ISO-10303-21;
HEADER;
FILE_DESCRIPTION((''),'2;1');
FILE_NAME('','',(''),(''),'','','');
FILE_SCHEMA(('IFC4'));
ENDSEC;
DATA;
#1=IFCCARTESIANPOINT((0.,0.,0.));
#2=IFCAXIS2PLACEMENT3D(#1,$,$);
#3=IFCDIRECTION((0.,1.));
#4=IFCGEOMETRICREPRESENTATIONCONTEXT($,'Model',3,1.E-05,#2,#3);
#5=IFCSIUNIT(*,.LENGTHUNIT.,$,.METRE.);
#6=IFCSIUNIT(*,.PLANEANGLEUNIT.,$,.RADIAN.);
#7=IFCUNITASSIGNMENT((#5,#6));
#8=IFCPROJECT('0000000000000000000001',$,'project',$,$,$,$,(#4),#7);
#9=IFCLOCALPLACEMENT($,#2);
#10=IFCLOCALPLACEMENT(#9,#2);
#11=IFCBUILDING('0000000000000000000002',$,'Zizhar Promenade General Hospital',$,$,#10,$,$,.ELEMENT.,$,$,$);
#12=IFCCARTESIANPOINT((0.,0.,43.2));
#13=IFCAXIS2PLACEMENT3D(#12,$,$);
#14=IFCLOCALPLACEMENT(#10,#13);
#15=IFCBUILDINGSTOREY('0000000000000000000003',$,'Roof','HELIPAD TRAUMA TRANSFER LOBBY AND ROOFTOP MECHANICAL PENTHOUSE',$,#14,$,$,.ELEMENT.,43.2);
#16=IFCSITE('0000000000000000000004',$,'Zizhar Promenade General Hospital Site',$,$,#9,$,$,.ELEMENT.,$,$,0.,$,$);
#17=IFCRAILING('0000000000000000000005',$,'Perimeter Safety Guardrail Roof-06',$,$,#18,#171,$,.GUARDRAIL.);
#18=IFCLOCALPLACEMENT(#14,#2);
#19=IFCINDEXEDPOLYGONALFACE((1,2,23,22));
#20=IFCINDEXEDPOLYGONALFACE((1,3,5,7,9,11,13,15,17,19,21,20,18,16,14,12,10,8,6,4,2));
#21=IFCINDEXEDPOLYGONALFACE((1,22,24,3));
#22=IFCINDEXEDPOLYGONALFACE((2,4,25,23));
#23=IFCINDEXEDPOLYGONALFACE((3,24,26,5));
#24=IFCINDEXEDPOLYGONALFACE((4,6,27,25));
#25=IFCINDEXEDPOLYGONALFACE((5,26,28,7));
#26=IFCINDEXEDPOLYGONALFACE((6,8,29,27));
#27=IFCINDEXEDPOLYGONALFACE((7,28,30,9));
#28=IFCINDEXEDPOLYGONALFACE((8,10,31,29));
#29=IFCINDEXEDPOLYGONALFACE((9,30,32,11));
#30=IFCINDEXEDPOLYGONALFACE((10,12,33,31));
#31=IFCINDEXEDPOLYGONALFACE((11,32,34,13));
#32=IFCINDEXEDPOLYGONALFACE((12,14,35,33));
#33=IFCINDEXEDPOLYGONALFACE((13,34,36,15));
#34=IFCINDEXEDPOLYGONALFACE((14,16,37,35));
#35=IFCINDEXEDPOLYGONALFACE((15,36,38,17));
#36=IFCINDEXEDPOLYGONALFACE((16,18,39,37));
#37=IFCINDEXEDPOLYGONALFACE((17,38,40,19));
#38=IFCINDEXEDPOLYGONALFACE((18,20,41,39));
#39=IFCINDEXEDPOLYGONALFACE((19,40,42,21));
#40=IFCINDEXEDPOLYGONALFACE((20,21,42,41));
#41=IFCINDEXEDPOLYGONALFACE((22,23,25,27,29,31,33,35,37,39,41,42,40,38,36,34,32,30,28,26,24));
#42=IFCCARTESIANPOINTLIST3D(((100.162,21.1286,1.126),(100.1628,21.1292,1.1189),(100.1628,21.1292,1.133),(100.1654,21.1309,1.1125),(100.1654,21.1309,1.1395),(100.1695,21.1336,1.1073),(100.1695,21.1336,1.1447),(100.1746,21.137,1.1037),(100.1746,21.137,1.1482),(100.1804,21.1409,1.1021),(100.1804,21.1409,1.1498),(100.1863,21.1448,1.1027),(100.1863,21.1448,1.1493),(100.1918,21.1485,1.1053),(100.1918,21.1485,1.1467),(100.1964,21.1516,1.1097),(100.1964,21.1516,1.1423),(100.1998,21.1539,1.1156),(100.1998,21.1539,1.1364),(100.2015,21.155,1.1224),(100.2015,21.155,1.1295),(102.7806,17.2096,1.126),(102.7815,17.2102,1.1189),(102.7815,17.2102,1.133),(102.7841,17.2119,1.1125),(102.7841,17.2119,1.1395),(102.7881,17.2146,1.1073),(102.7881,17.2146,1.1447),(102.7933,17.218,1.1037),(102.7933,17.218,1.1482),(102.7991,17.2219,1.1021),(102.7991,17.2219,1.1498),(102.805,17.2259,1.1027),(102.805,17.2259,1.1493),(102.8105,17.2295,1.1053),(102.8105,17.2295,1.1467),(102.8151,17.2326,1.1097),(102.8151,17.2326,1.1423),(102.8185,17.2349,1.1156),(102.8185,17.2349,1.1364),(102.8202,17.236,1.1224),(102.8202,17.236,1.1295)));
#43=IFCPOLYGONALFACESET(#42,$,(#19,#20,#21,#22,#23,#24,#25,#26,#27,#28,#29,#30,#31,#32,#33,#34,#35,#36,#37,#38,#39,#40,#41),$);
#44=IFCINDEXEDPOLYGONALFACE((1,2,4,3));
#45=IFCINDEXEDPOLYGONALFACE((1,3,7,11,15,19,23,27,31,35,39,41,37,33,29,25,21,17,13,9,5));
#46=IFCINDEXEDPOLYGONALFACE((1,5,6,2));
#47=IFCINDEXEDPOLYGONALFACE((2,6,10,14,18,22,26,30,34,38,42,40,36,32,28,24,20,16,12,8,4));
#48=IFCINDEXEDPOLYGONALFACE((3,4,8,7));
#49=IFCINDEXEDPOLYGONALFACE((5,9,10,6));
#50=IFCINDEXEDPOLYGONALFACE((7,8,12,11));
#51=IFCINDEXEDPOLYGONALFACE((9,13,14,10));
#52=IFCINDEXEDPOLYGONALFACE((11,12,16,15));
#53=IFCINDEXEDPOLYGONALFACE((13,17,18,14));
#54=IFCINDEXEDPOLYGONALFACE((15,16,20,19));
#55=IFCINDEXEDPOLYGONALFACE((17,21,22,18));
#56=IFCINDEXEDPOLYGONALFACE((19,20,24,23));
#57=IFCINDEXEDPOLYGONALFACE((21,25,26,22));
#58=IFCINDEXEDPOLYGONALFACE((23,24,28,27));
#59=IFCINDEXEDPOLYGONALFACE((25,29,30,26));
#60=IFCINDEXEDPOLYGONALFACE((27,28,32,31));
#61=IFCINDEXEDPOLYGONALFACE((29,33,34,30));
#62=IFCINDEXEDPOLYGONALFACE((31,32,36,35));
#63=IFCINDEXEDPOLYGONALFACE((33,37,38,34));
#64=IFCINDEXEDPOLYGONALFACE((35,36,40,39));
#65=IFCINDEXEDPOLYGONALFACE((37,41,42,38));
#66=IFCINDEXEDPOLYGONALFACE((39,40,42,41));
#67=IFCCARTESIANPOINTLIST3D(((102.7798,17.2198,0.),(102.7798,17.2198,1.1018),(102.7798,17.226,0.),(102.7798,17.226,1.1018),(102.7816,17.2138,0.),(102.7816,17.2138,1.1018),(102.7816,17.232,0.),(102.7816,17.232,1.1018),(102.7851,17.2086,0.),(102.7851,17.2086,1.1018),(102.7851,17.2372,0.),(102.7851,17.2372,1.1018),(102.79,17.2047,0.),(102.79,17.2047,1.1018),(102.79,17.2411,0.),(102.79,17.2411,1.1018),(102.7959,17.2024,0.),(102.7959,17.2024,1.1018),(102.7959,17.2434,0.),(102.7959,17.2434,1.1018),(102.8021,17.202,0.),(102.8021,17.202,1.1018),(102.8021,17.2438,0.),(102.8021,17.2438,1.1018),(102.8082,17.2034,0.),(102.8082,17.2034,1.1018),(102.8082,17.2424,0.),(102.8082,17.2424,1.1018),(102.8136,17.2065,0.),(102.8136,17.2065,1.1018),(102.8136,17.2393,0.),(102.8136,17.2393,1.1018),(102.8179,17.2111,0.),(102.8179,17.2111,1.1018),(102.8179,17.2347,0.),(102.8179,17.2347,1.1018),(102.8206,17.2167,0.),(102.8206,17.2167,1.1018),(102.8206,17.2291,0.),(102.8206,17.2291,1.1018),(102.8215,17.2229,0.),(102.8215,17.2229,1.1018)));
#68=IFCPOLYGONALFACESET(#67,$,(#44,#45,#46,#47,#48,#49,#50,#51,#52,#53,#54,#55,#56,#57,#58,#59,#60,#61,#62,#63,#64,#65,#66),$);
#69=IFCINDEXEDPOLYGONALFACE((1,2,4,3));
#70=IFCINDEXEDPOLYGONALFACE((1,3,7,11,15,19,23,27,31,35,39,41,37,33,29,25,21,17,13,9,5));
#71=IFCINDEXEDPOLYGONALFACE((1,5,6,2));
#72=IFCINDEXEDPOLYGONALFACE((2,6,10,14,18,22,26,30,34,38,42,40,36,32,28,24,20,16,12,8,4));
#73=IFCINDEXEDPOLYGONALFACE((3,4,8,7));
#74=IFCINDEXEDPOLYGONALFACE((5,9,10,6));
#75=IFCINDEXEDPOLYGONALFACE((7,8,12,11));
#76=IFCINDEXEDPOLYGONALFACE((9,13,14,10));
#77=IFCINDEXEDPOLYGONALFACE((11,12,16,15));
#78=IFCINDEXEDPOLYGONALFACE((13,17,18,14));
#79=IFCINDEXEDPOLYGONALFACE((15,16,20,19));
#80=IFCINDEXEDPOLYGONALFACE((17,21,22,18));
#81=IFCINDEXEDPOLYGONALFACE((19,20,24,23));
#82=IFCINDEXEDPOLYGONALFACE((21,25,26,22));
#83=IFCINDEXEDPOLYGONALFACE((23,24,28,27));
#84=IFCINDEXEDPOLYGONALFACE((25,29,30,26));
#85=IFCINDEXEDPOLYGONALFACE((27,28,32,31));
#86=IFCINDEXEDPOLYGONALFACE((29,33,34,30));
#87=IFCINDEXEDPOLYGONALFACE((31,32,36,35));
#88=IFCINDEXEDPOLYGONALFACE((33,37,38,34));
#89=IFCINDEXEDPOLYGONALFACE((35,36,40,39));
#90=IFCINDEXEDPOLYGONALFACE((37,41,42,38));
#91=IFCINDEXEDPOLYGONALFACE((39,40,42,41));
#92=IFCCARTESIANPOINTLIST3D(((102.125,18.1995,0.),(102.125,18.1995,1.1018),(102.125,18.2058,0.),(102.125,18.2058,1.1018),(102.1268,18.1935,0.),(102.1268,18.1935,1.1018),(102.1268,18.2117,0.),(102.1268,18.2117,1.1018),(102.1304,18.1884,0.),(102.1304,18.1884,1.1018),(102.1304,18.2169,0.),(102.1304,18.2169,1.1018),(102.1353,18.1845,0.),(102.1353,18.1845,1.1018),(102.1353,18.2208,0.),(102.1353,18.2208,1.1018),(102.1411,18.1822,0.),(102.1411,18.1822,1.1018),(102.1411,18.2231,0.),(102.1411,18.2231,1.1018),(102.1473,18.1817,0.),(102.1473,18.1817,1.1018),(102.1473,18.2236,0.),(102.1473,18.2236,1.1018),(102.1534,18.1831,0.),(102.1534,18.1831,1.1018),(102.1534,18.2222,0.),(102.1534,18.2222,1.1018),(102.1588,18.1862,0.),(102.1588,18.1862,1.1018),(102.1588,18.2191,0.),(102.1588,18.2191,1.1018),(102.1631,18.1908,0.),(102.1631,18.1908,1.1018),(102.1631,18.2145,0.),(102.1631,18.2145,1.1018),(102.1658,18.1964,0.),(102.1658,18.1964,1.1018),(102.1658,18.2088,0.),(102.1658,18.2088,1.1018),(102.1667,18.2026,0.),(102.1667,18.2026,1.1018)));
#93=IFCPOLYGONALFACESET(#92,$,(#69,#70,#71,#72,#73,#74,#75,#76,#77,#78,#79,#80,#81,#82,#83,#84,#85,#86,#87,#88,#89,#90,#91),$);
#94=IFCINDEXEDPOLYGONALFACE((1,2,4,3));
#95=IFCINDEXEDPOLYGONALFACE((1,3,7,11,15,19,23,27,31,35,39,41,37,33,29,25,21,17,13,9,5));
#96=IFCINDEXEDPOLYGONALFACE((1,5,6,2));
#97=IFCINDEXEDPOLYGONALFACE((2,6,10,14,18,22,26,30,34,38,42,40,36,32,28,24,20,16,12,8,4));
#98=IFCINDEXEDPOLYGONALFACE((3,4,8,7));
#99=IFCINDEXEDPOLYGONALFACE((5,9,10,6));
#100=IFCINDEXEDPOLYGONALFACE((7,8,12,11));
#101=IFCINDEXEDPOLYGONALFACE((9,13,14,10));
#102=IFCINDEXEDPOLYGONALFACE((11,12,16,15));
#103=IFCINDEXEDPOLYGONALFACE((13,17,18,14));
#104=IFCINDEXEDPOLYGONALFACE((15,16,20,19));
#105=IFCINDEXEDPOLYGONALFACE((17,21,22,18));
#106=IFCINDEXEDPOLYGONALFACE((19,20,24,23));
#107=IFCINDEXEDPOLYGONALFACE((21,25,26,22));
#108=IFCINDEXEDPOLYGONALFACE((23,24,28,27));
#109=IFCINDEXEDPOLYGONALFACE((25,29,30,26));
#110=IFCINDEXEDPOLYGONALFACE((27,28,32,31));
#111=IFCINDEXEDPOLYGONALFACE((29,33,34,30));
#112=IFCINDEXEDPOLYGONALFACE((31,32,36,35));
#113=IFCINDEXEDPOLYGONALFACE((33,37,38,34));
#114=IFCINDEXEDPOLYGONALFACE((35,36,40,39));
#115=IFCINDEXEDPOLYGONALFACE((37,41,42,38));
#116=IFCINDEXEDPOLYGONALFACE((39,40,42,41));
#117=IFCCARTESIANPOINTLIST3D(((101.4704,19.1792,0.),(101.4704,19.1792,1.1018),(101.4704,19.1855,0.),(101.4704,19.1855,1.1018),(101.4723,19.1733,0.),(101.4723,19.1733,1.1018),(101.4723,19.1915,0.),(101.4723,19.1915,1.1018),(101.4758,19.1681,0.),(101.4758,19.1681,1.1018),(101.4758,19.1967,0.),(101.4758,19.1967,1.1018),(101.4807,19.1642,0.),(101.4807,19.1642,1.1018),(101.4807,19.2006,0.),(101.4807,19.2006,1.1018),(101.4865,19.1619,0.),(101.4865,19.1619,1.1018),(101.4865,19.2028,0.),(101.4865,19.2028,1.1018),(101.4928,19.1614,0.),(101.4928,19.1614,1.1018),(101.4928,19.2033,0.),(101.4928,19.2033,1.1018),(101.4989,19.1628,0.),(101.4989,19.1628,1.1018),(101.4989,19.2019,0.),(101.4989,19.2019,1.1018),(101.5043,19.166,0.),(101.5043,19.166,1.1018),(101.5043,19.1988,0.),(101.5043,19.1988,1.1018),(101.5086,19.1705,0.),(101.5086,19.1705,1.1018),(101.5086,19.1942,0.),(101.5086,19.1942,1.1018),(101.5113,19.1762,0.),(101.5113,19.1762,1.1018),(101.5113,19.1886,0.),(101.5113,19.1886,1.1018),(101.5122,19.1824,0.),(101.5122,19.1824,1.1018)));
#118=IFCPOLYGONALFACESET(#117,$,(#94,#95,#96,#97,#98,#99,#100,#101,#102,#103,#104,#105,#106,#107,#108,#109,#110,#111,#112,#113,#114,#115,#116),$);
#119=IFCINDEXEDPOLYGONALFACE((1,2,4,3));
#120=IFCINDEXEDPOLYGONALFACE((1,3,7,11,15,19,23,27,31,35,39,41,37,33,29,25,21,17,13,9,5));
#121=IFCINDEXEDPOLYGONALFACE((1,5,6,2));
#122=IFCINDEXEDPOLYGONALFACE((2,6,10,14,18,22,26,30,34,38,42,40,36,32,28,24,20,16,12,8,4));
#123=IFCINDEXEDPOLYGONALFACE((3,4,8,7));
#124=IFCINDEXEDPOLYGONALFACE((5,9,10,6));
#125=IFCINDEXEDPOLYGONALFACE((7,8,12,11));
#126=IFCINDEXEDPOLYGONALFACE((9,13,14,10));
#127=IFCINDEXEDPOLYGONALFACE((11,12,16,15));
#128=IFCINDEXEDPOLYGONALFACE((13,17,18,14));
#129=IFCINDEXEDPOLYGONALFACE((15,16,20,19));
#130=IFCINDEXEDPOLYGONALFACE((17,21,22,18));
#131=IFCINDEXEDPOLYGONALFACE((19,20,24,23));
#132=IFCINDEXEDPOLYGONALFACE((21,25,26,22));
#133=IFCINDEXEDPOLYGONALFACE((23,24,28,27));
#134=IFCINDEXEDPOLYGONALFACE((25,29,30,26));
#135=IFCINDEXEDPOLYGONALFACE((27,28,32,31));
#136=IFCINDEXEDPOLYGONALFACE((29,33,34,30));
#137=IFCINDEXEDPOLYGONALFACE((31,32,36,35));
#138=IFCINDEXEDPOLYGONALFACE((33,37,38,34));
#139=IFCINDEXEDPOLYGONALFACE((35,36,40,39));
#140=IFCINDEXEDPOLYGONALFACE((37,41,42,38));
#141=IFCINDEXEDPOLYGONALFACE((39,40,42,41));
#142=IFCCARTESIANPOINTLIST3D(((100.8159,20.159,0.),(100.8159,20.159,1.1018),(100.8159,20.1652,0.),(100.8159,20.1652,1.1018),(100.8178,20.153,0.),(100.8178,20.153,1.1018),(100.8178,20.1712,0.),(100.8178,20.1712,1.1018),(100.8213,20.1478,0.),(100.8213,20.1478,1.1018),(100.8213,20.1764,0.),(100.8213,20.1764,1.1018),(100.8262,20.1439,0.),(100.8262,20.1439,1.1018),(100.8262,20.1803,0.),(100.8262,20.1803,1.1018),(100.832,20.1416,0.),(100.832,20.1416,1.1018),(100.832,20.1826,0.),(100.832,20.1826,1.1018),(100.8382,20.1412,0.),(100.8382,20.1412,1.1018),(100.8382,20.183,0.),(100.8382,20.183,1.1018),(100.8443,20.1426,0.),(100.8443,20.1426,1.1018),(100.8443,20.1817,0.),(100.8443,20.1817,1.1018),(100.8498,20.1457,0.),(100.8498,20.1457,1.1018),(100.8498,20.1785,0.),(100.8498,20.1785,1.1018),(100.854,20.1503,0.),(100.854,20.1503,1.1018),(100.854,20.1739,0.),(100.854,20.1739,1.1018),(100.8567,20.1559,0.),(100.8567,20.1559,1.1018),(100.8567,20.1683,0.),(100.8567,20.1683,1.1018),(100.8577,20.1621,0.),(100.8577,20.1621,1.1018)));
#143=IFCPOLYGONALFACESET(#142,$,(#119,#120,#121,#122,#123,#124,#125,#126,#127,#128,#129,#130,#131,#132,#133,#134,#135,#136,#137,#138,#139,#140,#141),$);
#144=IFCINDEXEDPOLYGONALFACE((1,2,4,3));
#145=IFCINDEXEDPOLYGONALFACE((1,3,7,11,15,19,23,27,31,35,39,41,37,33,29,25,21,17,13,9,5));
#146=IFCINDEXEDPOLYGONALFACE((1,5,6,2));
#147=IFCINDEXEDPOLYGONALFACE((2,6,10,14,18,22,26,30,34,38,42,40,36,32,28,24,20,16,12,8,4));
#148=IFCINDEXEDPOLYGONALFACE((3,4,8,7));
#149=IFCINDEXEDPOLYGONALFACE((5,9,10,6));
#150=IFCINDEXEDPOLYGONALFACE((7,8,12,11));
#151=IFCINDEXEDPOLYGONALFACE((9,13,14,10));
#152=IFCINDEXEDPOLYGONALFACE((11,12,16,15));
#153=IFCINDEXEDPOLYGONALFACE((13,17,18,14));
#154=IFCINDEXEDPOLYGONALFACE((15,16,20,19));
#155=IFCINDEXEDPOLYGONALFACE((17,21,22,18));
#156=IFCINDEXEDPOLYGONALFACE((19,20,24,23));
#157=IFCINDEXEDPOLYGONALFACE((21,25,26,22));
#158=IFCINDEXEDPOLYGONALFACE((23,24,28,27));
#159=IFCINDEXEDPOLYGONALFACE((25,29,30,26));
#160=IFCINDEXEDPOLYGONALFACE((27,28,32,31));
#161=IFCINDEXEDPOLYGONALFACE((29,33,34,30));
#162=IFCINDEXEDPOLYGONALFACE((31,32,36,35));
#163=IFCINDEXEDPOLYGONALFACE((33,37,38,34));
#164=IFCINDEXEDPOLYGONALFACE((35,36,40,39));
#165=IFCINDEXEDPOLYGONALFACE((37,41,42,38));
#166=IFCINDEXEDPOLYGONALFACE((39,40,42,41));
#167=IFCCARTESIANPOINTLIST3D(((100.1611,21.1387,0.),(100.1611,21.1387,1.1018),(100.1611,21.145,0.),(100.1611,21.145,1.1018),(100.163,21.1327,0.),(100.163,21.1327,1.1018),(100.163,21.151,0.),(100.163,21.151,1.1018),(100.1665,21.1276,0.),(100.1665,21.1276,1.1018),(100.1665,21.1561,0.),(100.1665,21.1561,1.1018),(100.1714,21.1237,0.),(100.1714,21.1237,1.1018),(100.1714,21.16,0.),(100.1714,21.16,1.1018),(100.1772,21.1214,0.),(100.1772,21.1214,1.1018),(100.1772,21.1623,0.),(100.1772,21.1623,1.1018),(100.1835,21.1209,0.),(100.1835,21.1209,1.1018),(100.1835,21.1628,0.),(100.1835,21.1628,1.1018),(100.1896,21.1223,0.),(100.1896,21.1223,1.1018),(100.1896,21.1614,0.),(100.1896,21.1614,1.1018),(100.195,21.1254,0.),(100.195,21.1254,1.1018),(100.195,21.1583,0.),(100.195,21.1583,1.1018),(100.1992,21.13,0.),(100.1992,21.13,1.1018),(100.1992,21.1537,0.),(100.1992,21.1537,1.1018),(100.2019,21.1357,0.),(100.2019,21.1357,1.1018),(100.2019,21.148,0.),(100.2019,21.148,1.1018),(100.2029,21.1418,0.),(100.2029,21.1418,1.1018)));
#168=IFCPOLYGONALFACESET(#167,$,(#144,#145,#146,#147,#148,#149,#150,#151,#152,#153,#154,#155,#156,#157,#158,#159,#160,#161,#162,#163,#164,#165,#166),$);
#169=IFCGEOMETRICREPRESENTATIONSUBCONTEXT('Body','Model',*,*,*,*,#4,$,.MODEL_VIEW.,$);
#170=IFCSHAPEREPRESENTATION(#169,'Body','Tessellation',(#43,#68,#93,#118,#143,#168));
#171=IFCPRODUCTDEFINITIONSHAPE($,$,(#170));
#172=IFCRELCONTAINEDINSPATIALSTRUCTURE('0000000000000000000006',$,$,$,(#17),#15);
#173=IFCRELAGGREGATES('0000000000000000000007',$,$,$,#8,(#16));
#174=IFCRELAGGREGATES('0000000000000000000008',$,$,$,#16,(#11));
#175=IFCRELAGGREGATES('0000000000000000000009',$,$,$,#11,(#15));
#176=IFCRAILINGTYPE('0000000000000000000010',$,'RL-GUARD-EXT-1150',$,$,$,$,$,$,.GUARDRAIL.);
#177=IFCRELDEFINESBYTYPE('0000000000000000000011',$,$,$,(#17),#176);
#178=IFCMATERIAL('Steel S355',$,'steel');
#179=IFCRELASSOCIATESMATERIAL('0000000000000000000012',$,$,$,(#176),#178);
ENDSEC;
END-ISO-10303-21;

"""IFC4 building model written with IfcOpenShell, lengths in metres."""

from ifc_helpers import new_model, si_unit, direction, frame, origin, origin_2d, place, context, subcontext, project, spatial, hollow_rectangle, circle, extrude, material, material_profile, profile_set, type_object, element, save


model = new_model("IFC4")

# Units and contexts
model_context = context("Model", 3, precision=1e-05, world=origin(), true_north=direction((0.0, 1.0)))
body_context = subcontext(model_context, "Body", "Model", "MODEL_VIEW")
ifc_project = project(units=[si_unit("LENGTHUNIT", "METRE"), si_unit("PLANEANGLEUNIT", "RADIAN")], contexts=[model_context])

# Site, building, storey
site_placement = place(None, origin())
site = spatial("IfcSite", under=ifc_project, at=site_placement, Name="Zizhar Promenade General Hospital Site", CompositionType="ELEMENT", RefElevation=0.0)
building_placement = place(site_placement, origin())
building = spatial("IfcBuilding", under=site, at=building_placement, Name="Zizhar Promenade General Hospital", CompositionType="ELEMENT")
storey_placement = place(building_placement, frame((0.0, 0.0, 43.2)))
storey = spatial("IfcBuildingStorey", under=building, at=storey_placement, Name="Roof", Description="HELIPAD TRAUMA TRANSFER LOBBY AND ROOFTOP MECHANICAL PENTHOUSE", CompositionType="ELEMENT", Elevation=43.2)

# Railing
ifc_material_1 = material(Name="Steel S355", Category="steel")
ifc_material_profile_1 = material_profile(ifc_material_1, hollow_rectangle(XDim=0.0601, YDim=0.1201, WallThickness=0.0039, at=origin_2d()))
ifc_profile_set_1 = profile_set([ifc_material_profile_1], Name="Steel S355")
railing_type_1 = type_object("IfcRailingType", Name="RL-GUARD-EXT-1150", PredefinedType="GUARDRAIL", material=ifc_profile_set_1)
railing_1_placement = place(storey_placement, frame((102.8005, 17.2229, 0.0)))
element("IfcRailing", 1, at=railing_1_placement, inside=storey, type_object=railing_type_1, Name="Perimeter Safety Guardrail Roof-06", PredefinedType="GUARDRAIL", context=body_context, shape_type="SweptSolid", body=[
    extrude(circle(Radius=0.0239, at=origin_2d()), frame((0.0, 0.0, 1.126), z_axis=(-0.555584, 0.83146, 0.0), x_axis=(-0.83146, -0.555584, 0.0)), (0.0, 0.0, 1.0), 4.7134),
    extrude(circle(Radius=0.021, at=origin_2d()), origin(), (0.0, 0.0, 1.0), 1.1018),
    extrude(circle(Radius=0.021, at=origin_2d()), frame((-0.6548, 0.9797, 0.0)), (0.0, 0.0, 1.0), 1.1018),
    extrude(circle(Radius=0.021, at=origin_2d()), frame((-1.3093, 1.9595, 0.0)), (0.0, 0.0, 1.0), 1.1018),
    extrude(circle(Radius=0.021, at=origin_2d()), frame((-1.9639, 2.9392, 0.0)), (0.0, 0.0, 1.0), 1.1018),
    extrude(circle(Radius=0.021, at=origin_2d()), frame((-2.6187, 3.9189, 0.0)), (0.0, 0.0, 1.0), 1.1018),
])

save(model, "model.ifc")
